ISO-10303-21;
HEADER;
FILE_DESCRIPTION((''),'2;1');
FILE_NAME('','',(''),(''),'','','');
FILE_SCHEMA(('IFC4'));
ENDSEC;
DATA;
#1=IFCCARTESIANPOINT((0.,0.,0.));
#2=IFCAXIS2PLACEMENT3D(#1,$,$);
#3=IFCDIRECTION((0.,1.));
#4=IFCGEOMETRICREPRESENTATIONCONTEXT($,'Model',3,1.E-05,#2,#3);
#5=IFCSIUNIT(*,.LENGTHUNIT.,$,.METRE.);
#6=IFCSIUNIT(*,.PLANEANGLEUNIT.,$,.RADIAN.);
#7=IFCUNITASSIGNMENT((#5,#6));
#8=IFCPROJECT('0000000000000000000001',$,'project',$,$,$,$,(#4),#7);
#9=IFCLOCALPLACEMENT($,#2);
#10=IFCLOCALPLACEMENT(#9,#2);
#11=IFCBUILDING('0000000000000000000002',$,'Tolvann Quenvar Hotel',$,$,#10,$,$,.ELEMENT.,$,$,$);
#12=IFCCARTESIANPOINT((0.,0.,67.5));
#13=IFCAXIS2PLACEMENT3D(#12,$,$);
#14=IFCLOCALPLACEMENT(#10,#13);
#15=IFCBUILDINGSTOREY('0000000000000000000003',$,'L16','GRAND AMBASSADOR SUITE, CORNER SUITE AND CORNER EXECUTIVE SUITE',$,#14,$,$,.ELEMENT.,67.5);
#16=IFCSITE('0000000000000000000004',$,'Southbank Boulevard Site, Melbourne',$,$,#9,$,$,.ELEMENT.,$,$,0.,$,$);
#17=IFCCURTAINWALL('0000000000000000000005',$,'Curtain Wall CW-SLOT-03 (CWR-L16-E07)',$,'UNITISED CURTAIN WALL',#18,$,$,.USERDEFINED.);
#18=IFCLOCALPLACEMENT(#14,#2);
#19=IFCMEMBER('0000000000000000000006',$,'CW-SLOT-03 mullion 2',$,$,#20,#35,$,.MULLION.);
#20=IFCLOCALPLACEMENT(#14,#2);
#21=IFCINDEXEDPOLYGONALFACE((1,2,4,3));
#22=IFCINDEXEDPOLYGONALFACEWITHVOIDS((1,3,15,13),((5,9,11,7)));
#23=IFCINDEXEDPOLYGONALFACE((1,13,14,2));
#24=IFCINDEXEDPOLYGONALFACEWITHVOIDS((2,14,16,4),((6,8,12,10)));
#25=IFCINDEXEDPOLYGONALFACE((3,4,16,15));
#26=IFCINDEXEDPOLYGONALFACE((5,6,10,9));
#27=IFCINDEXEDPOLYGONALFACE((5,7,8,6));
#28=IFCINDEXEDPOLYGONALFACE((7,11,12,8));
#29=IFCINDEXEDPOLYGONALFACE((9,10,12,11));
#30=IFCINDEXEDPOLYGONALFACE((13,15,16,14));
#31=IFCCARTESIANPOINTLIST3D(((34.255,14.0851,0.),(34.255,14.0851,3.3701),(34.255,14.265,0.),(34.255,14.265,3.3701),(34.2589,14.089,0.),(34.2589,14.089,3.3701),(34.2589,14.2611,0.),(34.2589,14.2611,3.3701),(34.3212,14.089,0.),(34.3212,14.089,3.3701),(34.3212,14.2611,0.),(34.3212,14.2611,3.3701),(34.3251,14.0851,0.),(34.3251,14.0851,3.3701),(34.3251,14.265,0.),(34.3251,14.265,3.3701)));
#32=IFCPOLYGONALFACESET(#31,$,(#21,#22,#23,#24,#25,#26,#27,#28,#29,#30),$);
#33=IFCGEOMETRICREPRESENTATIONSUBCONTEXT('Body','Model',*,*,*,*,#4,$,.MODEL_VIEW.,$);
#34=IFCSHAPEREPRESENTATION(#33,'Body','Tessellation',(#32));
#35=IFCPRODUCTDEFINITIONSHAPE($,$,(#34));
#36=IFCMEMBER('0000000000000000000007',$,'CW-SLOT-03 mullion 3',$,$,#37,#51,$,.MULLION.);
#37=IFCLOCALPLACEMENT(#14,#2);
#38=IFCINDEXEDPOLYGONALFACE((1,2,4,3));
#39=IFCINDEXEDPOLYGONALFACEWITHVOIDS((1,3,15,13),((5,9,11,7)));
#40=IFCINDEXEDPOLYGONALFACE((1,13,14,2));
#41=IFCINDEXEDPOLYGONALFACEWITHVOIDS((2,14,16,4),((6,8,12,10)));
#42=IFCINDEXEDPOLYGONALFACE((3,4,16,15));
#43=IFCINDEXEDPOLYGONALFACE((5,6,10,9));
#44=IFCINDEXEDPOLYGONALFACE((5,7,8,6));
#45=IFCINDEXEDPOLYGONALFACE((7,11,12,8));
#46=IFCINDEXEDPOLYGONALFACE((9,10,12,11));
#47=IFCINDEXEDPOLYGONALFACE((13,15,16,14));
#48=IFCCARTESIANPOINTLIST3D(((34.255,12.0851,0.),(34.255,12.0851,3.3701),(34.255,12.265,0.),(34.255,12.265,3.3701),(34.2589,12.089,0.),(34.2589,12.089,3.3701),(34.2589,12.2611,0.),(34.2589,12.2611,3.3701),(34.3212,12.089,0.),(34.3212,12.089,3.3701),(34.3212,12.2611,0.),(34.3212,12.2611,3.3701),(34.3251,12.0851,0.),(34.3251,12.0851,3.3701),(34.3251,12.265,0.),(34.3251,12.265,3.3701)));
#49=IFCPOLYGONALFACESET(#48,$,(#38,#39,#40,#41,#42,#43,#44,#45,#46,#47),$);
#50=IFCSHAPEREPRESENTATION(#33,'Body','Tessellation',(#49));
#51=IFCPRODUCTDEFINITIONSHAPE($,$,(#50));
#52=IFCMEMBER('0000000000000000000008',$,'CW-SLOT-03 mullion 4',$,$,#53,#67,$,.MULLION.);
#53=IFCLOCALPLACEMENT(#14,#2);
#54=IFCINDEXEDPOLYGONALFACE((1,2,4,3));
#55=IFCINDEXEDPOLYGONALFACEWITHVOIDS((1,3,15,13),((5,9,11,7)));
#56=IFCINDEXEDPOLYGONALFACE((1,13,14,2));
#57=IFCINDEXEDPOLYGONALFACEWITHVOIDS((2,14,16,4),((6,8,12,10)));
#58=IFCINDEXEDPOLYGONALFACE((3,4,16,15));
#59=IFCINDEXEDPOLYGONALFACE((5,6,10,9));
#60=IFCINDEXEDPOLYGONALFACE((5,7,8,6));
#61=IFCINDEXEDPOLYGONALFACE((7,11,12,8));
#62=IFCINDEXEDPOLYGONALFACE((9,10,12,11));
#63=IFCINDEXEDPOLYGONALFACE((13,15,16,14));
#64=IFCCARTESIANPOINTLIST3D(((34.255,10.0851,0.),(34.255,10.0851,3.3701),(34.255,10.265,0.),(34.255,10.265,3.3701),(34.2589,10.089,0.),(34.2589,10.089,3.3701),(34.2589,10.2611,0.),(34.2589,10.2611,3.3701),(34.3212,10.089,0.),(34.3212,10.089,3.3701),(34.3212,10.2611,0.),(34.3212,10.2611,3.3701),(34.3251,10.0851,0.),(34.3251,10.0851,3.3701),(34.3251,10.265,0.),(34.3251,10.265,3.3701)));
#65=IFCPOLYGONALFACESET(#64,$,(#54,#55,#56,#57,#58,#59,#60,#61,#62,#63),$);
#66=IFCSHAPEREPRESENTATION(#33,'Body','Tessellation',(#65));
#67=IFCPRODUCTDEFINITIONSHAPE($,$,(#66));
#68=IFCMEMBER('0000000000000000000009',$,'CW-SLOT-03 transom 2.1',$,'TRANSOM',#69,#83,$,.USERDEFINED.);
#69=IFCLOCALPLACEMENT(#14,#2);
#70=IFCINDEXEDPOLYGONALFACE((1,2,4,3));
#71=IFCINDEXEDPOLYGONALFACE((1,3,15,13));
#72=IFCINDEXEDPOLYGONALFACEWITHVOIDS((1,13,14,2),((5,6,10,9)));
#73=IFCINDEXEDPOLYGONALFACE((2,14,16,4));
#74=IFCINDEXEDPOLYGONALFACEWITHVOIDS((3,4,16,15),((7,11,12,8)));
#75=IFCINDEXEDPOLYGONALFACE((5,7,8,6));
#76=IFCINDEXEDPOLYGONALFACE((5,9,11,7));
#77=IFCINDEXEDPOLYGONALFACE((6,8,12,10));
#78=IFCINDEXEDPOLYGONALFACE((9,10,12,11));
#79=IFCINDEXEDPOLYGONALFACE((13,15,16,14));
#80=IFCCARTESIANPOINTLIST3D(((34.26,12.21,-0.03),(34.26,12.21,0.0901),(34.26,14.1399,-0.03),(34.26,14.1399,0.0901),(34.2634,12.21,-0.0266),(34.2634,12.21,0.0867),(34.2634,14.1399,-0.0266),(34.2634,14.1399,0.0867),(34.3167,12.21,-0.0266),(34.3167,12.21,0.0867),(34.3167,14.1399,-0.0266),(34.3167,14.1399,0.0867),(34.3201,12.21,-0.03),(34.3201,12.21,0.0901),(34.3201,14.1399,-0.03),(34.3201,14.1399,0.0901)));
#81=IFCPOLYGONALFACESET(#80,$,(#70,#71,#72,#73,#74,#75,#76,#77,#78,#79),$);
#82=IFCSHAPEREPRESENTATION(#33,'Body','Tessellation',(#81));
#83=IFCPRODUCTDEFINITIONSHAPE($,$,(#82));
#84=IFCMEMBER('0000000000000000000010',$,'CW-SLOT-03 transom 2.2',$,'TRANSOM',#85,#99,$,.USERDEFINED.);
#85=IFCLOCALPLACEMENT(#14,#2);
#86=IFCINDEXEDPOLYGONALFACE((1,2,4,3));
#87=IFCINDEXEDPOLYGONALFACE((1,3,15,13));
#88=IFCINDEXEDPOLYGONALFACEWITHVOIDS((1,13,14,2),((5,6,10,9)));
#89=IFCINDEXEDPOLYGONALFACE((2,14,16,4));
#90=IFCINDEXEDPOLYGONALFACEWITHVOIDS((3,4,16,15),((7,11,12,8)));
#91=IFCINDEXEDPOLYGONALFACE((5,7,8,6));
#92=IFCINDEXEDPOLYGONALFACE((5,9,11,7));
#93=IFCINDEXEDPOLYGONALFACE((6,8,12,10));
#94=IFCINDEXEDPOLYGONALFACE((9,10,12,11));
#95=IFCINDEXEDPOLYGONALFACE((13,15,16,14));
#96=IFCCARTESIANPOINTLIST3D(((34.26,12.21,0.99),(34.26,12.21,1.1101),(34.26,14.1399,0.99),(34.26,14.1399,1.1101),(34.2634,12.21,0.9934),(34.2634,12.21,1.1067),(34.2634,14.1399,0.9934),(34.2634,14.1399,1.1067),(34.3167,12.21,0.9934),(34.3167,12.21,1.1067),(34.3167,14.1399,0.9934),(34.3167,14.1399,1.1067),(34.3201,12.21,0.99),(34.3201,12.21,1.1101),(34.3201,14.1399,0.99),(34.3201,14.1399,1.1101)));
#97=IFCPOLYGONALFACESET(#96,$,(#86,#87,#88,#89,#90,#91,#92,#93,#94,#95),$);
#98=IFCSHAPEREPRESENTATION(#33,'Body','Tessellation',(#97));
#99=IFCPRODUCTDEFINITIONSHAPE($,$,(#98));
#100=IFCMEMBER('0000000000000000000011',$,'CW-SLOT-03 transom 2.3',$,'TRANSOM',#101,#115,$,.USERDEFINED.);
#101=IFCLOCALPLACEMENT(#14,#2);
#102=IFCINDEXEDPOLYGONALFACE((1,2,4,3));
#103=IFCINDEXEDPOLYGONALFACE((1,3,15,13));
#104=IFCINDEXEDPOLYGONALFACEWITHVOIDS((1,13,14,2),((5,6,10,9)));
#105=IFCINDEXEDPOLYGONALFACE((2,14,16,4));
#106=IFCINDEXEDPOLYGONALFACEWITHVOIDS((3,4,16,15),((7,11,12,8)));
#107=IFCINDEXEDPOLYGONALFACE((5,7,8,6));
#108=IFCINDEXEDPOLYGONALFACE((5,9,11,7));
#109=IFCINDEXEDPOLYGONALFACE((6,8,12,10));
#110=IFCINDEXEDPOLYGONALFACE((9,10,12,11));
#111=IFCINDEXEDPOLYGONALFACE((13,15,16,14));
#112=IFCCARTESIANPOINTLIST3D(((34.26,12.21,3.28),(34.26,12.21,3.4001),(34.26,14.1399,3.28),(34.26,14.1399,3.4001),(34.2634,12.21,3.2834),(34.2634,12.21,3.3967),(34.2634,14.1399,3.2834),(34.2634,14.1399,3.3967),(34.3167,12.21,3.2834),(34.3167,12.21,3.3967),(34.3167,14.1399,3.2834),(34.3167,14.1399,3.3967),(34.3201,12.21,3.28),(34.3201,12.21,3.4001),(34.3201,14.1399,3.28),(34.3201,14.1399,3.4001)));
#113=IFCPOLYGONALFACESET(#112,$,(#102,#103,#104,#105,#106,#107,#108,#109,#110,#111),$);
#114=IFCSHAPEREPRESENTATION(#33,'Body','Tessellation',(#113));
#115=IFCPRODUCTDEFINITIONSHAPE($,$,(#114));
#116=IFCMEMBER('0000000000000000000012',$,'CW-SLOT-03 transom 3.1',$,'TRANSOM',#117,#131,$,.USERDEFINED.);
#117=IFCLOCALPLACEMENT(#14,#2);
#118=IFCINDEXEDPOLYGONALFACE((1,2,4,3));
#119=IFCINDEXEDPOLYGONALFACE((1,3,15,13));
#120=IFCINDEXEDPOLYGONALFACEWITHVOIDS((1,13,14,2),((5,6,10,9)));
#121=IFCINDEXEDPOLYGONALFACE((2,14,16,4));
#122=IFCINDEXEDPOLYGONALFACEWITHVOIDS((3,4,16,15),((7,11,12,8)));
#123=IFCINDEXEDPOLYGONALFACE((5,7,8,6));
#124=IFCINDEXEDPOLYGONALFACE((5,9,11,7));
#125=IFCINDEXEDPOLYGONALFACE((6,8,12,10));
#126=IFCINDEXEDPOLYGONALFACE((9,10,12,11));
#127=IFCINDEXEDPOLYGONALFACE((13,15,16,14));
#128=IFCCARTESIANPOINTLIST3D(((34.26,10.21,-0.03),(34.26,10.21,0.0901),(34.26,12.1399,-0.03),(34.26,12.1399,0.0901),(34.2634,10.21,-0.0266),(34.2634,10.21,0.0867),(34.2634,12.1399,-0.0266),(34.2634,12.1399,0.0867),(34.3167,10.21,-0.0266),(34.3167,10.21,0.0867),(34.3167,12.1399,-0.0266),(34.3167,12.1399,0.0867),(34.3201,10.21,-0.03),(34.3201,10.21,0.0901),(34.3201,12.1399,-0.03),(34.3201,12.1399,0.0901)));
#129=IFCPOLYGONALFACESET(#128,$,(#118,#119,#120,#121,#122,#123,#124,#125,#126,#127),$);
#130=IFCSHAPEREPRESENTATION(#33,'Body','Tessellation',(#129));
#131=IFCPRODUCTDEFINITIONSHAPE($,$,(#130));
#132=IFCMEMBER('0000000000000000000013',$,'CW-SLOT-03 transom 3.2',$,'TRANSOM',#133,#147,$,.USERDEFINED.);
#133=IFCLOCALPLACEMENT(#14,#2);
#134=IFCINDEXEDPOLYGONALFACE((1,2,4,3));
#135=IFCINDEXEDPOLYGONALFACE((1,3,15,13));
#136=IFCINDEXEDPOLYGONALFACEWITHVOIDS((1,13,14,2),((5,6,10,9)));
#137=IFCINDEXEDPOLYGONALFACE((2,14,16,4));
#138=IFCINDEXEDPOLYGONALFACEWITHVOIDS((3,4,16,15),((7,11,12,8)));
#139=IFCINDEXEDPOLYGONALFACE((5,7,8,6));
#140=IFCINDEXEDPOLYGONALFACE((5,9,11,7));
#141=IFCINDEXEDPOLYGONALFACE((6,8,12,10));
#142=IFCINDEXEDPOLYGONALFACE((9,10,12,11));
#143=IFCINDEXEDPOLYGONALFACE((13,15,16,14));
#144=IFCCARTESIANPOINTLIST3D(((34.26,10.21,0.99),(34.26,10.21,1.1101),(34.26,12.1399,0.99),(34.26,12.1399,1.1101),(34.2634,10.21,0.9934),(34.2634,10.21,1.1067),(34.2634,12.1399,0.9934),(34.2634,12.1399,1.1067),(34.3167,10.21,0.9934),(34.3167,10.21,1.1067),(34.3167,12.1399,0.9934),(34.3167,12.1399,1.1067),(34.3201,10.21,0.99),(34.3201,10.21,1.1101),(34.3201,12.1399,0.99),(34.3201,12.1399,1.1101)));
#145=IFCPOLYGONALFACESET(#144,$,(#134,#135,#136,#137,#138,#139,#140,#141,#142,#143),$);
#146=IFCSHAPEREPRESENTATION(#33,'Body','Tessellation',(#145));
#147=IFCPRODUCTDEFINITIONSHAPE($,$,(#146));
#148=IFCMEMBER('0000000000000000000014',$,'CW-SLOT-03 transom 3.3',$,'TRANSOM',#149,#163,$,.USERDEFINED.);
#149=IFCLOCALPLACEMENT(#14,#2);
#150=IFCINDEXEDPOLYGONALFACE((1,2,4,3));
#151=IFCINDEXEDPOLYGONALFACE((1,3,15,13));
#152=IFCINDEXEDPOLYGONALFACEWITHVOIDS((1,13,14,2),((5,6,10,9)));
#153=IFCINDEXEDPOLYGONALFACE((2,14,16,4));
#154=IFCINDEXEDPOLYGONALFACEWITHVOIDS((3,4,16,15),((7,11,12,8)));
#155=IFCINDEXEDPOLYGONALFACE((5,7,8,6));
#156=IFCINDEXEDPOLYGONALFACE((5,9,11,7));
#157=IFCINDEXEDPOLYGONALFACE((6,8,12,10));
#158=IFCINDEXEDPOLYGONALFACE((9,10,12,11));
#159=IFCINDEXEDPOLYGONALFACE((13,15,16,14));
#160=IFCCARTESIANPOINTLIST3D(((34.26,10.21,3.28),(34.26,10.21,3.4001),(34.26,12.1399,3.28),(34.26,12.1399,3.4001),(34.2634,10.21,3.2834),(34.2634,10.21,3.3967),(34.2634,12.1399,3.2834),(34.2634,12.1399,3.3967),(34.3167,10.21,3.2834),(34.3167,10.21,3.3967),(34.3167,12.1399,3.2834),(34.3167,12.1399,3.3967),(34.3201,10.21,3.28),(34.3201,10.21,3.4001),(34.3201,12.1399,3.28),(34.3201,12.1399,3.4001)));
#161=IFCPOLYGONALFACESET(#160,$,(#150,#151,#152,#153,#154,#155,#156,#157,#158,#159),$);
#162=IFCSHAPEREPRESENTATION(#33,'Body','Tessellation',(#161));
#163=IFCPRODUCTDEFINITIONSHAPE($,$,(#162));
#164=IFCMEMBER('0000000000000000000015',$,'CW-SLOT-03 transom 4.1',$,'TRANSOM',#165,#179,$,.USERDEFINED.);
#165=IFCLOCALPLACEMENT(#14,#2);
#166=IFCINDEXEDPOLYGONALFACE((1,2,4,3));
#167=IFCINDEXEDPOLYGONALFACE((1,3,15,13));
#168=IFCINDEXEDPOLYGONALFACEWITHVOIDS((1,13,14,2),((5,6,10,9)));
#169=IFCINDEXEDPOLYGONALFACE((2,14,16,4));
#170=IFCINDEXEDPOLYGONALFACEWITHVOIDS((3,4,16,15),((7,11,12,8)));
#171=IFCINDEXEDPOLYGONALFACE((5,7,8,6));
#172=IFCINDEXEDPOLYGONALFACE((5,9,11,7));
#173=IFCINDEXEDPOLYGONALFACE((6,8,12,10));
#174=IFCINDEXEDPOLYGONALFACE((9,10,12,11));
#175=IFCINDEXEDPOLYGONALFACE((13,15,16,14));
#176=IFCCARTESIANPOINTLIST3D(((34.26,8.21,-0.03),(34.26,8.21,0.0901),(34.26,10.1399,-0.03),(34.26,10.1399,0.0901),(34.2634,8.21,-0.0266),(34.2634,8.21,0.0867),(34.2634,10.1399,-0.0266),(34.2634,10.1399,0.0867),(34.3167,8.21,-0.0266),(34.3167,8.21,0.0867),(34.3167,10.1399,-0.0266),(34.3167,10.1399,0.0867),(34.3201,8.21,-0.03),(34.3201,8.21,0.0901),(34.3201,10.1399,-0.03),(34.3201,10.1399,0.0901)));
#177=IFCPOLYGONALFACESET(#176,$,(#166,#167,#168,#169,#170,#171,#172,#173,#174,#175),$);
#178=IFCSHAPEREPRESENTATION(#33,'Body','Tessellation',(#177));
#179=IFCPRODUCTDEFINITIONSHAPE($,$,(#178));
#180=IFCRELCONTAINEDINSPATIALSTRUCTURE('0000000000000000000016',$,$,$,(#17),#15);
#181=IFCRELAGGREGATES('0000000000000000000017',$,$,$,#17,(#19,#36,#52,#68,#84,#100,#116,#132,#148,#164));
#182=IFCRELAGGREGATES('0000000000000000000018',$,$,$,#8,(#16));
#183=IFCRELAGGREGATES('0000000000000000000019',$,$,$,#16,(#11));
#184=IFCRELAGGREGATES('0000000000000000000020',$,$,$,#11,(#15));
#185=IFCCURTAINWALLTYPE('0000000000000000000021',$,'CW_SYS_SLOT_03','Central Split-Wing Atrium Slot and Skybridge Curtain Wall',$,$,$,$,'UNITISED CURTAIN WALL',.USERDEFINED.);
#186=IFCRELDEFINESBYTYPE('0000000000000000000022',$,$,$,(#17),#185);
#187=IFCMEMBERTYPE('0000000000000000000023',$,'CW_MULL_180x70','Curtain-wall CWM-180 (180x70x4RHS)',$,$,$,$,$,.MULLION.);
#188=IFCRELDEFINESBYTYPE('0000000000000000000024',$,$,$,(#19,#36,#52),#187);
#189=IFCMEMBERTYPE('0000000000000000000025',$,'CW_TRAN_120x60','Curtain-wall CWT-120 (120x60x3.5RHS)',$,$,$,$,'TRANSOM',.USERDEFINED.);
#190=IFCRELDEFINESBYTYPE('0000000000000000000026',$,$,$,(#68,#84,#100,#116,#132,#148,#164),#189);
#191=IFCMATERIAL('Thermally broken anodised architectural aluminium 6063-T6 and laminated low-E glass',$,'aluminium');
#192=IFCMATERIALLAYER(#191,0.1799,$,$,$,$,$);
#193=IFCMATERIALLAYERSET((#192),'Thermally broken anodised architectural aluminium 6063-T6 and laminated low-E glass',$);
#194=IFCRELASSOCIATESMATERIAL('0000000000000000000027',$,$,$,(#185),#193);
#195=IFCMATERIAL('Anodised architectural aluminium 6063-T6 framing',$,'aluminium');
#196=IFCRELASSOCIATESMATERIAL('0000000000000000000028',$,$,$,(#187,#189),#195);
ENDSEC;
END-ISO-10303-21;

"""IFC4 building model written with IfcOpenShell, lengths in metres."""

from ifc_helpers import new_model, si_unit, direction, frame, origin, origin_2d, place, context, subcontext, project, spatial, hollow_rectangle, extrude, source, transform, mapped, material, layer, layer_set, material_profile, profile_set, type_object, type_shapes, element, aggregate, save


model = new_model("IFC4")

# Units and contexts
model_context = context("Model", 3, precision=1e-05, world=origin(), true_north=direction((0.0, 1.0)))
body_context = subcontext(model_context, "Body", "Model", "MODEL_VIEW")
ifc_project = project(units=[si_unit("LENGTHUNIT", "METRE"), si_unit("PLANEANGLEUNIT", "RADIAN")], contexts=[model_context])

# Site, building, storey
site_placement = place(None, origin())
site = spatial("IfcSite", under=ifc_project, at=site_placement, Name="Southbank Boulevard Site, Melbourne", CompositionType="ELEMENT", RefElevation=0.0)
building_placement = place(site_placement, origin())
building = spatial("IfcBuilding", under=site, at=building_placement, Name="Tolvann Quenvar Hotel", CompositionType="ELEMENT")
storey_placement = place(building_placement, frame((0.0, 0.0, 67.5)))
storey = spatial("IfcBuildingStorey", under=building, at=storey_placement, Name="L16", Description="GRAND AMBASSADOR SUITE, CORNER SUITE AND CORNER EXECUTIVE SUITE", CompositionType="ELEMENT", Elevation=67.5)

# Curtain wall, members
ifc_material_1 = material(Name="Thermally broken anodised architectural aluminium 6063-T6 and laminated low-E glass", Category="aluminium")
ifc_layer_1 = layer(ifc_material_1, 0.1799)
ifc_layer_set_1 = layer_set([ifc_layer_1], Name="Thermally broken anodised architectural aluminium 6063-T6 and laminated low-E glass")
curtain_wall_type = type_object("IfcCurtainWallType", Name="CW_SYS_SLOT_03", Description="Central Split-Wing Atrium Slot and Skybridge Curtain Wall", ElementType="UNITISED CURTAIN WALL", PredefinedType="USERDEFINED", material=ifc_layer_set_1)
curtain_wall_1_placement = place(storey_placement, origin())
curtain_wall_1 = element("IfcCurtainWall", 1, at=curtain_wall_1_placement, inside=storey, type_object=curtain_wall_type, Name="Curtain Wall CW-SLOT-03 (CWR-L16-E07)", ObjectType="UNITISED CURTAIN WALL", PredefinedType="USERDEFINED")
ifc_material_2 = material(Name="Anodised architectural aluminium 6063-T6 framing", Category="aluminium")
ifc_material_profile_1 = material_profile(ifc_material_2, hollow_rectangle(XDim=0.0701, YDim=0.1799, WallThickness=0.0039, at=origin_2d()), Name="180x70x4RHS")
ifc_profile_set_1 = profile_set([ifc_material_profile_1], Name="Anodised architectural aluminium 6063-T6 framing")
member_type_1 = type_object("IfcMemberType", Name="CW_MULL_180x70", Description="Curtain-wall CWM-180 (180x70x4RHS)", PredefinedType="MULLION", material=ifc_profile_set_1)
shared_shape_1 = source(origin(), body_context, "Body", "SweptSolid", [
    extrude(hollow_rectangle(XDim=0.0701, YDim=0.1799, WallThickness=0.0039, at=origin_2d()), origin(), (0.0, 0.0, 1.0), 3.3701),
])
type_shapes(member_type_1, [shared_shape_1])
member_1_placement = place(storey_placement, frame((34.29, 14.175, 0.0), z_axis=(0.0, 0.0, 1.0), x_axis=(1.0, 0.0, 0.0)))
member_1 = element("IfcMember", 2, at=member_1_placement, type_object=member_type_1, Name="CW-SLOT-03 mullion 2", PredefinedType="MULLION", context=body_context, shape_type="MappedRepresentation", body=[
    mapped(shared_shape_1, transform((0.0, 0.0, 0.0), x_axis=(1.0, 0.0, 0.0), y_axis=(0.0, 1.0, 0.0), z_axis=(0.0, 0.0, 1.0), scale=1.0)),
])
member_2_placement = place(storey_placement, frame((34.29, 12.175, 0.0), z_axis=(0.0, 0.0, 1.0), x_axis=(1.0, 0.0, 0.0)))
member_2 = element("IfcMember", 3, at=member_2_placement, type_object=member_type_1, Name="CW-SLOT-03 mullion 3", PredefinedType="MULLION", context=body_context, shape_type="MappedRepresentation", body=[
    mapped(shared_shape_1, transform((0.0, 0.0, 0.0), x_axis=(1.0, 0.0, 0.0), y_axis=(0.0, 1.0, 0.0), z_axis=(0.0, 0.0, 1.0), scale=1.0)),
])
member_3_placement = place(storey_placement, frame((34.29, 10.175, 0.0), z_axis=(0.0, 0.0, 1.0), x_axis=(1.0, 0.0, 0.0)))
member_3 = element("IfcMember", 4, at=member_3_placement, type_object=member_type_1, Name="CW-SLOT-03 mullion 4", PredefinedType="MULLION", context=body_context, shape_type="MappedRepresentation", body=[
    mapped(shared_shape_1, transform((0.0, 0.0, 0.0), x_axis=(1.0, 0.0, 0.0), y_axis=(0.0, 1.0, 0.0), z_axis=(0.0, 0.0, 1.0), scale=1.0)),
])
ifc_material_profile_2 = material_profile(ifc_material_2, hollow_rectangle(XDim=0.0601, YDim=0.1201, WallThickness=0.0034, at=origin_2d()), Name="120x60x3.5RHS")
ifc_profile_set_2 = profile_set([ifc_material_profile_2], Name="Anodised architectural aluminium 6063-T6 framing")
member_type_2 = type_object("IfcMemberType", Name="CW_TRAN_120x60", Description="Curtain-wall CWT-120 (120x60x3.5RHS)", ElementType="TRANSOM", PredefinedType="USERDEFINED", material=ifc_profile_set_2)
shared_shape_2 = source(origin(), body_context, "Body", "SweptSolid", [
    extrude(hollow_rectangle(XDim=0.0601, YDim=0.1201, WallThickness=0.0034, at=origin_2d()), origin(), (0.0, 0.0, 1.0), 1.9299),
])
member_4_placement = place(storey_placement, frame((34.29, 14.1399, 0.03), z_axis=(0.0, -1.0, 0.0), x_axis=(1.0, 0.0, 0.0)))
member_4 = element("IfcMember", 5, at=member_4_placement, type_object=member_type_2, Name="CW-SLOT-03 transom 2.1", ObjectType="TRANSOM", PredefinedType="USERDEFINED", context=body_context, shape_type="MappedRepresentation", body=[
    mapped(shared_shape_2, transform((0.0, 0.0, 0.0), x_axis=(1.0, 0.0, 0.0), y_axis=(0.0, 1.0, 0.0), z_axis=(0.0, 0.0, 1.0), scale=1.0)),
])
member_5_placement = place(storey_placement, frame((34.29, 14.1399, 1.05), z_axis=(0.0, -1.0, 0.0), x_axis=(1.0, 0.0, 0.0)))
member_5 = element("IfcMember", 6, at=member_5_placement, type_object=member_type_2, Name="CW-SLOT-03 transom 2.2", ObjectType="TRANSOM", PredefinedType="USERDEFINED", context=body_context, shape_type="MappedRepresentation", body=[
    mapped(shared_shape_2, transform((0.0, 0.0, 0.0), x_axis=(1.0, 0.0, 0.0), y_axis=(0.0, 1.0, 0.0), z_axis=(0.0, 0.0, 1.0), scale=1.0)),
])
member_6_placement = place(storey_placement, frame((34.29, 14.1399, 3.3401), z_axis=(0.0, -1.0, 0.0), x_axis=(1.0, 0.0, 0.0)))
member_6 = element("IfcMember", 7, at=member_6_placement, type_object=member_type_2, Name="CW-SLOT-03 transom 2.3", ObjectType="TRANSOM", PredefinedType="USERDEFINED", context=body_context, shape_type="MappedRepresentation", body=[
    mapped(shared_shape_2, transform((0.0, 0.0, 0.0), x_axis=(1.0, 0.0, 0.0), y_axis=(0.0, 1.0, 0.0), z_axis=(0.0, 0.0, 1.0), scale=1.0)),
])
member_7_placement = place(storey_placement, frame((34.29, 12.1399, 0.03), z_axis=(0.0, -1.0, 0.0), x_axis=(1.0, 0.0, 0.0)))
member_7 = element("IfcMember", 8, at=member_7_placement, type_object=member_type_2, Name="CW-SLOT-03 transom 3.1", ObjectType="TRANSOM", PredefinedType="USERDEFINED", context=body_context, shape_type="MappedRepresentation", body=[
    mapped(shared_shape_2, transform((0.0, 0.0, 0.0), x_axis=(1.0, 0.0, 0.0), y_axis=(0.0, 1.0, 0.0), z_axis=(0.0, 0.0, 1.0), scale=1.0)),
])
member_8_placement = place(storey_placement, frame((34.29, 12.1399, 1.05), z_axis=(0.0, -1.0, 0.0), x_axis=(1.0, 0.0, 0.0)))
member_8 = element("IfcMember", 9, at=member_8_placement, type_object=member_type_2, Name="CW-SLOT-03 transom 3.2", ObjectType="TRANSOM", PredefinedType="USERDEFINED", context=body_context, shape_type="MappedRepresentation", body=[
    mapped(shared_shape_2, transform((0.0, 0.0, 0.0), x_axis=(1.0, 0.0, 0.0), y_axis=(0.0, 1.0, 0.0), z_axis=(0.0, 0.0, 1.0), scale=1.0)),
])
member_9_placement = place(storey_placement, frame((34.29, 12.1399, 3.3401), z_axis=(0.0, -1.0, 0.0), x_axis=(1.0, 0.0, 0.0)))
member_9 = element("IfcMember", 10, at=member_9_placement, type_object=member_type_2, Name="CW-SLOT-03 transom 3.3", ObjectType="TRANSOM", PredefinedType="USERDEFINED", context=body_context, shape_type="MappedRepresentation", body=[
    mapped(shared_shape_2, transform((0.0, 0.0, 0.0), x_axis=(1.0, 0.0, 0.0), y_axis=(0.0, 1.0, 0.0), z_axis=(0.0, 0.0, 1.0), scale=1.0)),
])
member_10_placement = place(storey_placement, frame((34.29, 10.1399, 0.03), z_axis=(0.0, -1.0, 0.0), x_axis=(1.0, 0.0, 0.0)))
member_10 = element("IfcMember", 11, at=member_10_placement, type_object=member_type_2, Name="CW-SLOT-03 transom 4.1", ObjectType="TRANSOM", PredefinedType="USERDEFINED", context=body_context, shape_type="MappedRepresentation", body=[
    mapped(shared_shape_2, transform((0.0, 0.0, 0.0), x_axis=(1.0, 0.0, 0.0), y_axis=(0.0, 1.0, 0.0), z_axis=(0.0, 0.0, 1.0), scale=1.0)),
])

aggregate(curtain_wall_1, [member_1, member_2, member_3, member_4, member_5, member_6, member_7, member_8, member_9, member_10])

save(model, "model.ifc")
